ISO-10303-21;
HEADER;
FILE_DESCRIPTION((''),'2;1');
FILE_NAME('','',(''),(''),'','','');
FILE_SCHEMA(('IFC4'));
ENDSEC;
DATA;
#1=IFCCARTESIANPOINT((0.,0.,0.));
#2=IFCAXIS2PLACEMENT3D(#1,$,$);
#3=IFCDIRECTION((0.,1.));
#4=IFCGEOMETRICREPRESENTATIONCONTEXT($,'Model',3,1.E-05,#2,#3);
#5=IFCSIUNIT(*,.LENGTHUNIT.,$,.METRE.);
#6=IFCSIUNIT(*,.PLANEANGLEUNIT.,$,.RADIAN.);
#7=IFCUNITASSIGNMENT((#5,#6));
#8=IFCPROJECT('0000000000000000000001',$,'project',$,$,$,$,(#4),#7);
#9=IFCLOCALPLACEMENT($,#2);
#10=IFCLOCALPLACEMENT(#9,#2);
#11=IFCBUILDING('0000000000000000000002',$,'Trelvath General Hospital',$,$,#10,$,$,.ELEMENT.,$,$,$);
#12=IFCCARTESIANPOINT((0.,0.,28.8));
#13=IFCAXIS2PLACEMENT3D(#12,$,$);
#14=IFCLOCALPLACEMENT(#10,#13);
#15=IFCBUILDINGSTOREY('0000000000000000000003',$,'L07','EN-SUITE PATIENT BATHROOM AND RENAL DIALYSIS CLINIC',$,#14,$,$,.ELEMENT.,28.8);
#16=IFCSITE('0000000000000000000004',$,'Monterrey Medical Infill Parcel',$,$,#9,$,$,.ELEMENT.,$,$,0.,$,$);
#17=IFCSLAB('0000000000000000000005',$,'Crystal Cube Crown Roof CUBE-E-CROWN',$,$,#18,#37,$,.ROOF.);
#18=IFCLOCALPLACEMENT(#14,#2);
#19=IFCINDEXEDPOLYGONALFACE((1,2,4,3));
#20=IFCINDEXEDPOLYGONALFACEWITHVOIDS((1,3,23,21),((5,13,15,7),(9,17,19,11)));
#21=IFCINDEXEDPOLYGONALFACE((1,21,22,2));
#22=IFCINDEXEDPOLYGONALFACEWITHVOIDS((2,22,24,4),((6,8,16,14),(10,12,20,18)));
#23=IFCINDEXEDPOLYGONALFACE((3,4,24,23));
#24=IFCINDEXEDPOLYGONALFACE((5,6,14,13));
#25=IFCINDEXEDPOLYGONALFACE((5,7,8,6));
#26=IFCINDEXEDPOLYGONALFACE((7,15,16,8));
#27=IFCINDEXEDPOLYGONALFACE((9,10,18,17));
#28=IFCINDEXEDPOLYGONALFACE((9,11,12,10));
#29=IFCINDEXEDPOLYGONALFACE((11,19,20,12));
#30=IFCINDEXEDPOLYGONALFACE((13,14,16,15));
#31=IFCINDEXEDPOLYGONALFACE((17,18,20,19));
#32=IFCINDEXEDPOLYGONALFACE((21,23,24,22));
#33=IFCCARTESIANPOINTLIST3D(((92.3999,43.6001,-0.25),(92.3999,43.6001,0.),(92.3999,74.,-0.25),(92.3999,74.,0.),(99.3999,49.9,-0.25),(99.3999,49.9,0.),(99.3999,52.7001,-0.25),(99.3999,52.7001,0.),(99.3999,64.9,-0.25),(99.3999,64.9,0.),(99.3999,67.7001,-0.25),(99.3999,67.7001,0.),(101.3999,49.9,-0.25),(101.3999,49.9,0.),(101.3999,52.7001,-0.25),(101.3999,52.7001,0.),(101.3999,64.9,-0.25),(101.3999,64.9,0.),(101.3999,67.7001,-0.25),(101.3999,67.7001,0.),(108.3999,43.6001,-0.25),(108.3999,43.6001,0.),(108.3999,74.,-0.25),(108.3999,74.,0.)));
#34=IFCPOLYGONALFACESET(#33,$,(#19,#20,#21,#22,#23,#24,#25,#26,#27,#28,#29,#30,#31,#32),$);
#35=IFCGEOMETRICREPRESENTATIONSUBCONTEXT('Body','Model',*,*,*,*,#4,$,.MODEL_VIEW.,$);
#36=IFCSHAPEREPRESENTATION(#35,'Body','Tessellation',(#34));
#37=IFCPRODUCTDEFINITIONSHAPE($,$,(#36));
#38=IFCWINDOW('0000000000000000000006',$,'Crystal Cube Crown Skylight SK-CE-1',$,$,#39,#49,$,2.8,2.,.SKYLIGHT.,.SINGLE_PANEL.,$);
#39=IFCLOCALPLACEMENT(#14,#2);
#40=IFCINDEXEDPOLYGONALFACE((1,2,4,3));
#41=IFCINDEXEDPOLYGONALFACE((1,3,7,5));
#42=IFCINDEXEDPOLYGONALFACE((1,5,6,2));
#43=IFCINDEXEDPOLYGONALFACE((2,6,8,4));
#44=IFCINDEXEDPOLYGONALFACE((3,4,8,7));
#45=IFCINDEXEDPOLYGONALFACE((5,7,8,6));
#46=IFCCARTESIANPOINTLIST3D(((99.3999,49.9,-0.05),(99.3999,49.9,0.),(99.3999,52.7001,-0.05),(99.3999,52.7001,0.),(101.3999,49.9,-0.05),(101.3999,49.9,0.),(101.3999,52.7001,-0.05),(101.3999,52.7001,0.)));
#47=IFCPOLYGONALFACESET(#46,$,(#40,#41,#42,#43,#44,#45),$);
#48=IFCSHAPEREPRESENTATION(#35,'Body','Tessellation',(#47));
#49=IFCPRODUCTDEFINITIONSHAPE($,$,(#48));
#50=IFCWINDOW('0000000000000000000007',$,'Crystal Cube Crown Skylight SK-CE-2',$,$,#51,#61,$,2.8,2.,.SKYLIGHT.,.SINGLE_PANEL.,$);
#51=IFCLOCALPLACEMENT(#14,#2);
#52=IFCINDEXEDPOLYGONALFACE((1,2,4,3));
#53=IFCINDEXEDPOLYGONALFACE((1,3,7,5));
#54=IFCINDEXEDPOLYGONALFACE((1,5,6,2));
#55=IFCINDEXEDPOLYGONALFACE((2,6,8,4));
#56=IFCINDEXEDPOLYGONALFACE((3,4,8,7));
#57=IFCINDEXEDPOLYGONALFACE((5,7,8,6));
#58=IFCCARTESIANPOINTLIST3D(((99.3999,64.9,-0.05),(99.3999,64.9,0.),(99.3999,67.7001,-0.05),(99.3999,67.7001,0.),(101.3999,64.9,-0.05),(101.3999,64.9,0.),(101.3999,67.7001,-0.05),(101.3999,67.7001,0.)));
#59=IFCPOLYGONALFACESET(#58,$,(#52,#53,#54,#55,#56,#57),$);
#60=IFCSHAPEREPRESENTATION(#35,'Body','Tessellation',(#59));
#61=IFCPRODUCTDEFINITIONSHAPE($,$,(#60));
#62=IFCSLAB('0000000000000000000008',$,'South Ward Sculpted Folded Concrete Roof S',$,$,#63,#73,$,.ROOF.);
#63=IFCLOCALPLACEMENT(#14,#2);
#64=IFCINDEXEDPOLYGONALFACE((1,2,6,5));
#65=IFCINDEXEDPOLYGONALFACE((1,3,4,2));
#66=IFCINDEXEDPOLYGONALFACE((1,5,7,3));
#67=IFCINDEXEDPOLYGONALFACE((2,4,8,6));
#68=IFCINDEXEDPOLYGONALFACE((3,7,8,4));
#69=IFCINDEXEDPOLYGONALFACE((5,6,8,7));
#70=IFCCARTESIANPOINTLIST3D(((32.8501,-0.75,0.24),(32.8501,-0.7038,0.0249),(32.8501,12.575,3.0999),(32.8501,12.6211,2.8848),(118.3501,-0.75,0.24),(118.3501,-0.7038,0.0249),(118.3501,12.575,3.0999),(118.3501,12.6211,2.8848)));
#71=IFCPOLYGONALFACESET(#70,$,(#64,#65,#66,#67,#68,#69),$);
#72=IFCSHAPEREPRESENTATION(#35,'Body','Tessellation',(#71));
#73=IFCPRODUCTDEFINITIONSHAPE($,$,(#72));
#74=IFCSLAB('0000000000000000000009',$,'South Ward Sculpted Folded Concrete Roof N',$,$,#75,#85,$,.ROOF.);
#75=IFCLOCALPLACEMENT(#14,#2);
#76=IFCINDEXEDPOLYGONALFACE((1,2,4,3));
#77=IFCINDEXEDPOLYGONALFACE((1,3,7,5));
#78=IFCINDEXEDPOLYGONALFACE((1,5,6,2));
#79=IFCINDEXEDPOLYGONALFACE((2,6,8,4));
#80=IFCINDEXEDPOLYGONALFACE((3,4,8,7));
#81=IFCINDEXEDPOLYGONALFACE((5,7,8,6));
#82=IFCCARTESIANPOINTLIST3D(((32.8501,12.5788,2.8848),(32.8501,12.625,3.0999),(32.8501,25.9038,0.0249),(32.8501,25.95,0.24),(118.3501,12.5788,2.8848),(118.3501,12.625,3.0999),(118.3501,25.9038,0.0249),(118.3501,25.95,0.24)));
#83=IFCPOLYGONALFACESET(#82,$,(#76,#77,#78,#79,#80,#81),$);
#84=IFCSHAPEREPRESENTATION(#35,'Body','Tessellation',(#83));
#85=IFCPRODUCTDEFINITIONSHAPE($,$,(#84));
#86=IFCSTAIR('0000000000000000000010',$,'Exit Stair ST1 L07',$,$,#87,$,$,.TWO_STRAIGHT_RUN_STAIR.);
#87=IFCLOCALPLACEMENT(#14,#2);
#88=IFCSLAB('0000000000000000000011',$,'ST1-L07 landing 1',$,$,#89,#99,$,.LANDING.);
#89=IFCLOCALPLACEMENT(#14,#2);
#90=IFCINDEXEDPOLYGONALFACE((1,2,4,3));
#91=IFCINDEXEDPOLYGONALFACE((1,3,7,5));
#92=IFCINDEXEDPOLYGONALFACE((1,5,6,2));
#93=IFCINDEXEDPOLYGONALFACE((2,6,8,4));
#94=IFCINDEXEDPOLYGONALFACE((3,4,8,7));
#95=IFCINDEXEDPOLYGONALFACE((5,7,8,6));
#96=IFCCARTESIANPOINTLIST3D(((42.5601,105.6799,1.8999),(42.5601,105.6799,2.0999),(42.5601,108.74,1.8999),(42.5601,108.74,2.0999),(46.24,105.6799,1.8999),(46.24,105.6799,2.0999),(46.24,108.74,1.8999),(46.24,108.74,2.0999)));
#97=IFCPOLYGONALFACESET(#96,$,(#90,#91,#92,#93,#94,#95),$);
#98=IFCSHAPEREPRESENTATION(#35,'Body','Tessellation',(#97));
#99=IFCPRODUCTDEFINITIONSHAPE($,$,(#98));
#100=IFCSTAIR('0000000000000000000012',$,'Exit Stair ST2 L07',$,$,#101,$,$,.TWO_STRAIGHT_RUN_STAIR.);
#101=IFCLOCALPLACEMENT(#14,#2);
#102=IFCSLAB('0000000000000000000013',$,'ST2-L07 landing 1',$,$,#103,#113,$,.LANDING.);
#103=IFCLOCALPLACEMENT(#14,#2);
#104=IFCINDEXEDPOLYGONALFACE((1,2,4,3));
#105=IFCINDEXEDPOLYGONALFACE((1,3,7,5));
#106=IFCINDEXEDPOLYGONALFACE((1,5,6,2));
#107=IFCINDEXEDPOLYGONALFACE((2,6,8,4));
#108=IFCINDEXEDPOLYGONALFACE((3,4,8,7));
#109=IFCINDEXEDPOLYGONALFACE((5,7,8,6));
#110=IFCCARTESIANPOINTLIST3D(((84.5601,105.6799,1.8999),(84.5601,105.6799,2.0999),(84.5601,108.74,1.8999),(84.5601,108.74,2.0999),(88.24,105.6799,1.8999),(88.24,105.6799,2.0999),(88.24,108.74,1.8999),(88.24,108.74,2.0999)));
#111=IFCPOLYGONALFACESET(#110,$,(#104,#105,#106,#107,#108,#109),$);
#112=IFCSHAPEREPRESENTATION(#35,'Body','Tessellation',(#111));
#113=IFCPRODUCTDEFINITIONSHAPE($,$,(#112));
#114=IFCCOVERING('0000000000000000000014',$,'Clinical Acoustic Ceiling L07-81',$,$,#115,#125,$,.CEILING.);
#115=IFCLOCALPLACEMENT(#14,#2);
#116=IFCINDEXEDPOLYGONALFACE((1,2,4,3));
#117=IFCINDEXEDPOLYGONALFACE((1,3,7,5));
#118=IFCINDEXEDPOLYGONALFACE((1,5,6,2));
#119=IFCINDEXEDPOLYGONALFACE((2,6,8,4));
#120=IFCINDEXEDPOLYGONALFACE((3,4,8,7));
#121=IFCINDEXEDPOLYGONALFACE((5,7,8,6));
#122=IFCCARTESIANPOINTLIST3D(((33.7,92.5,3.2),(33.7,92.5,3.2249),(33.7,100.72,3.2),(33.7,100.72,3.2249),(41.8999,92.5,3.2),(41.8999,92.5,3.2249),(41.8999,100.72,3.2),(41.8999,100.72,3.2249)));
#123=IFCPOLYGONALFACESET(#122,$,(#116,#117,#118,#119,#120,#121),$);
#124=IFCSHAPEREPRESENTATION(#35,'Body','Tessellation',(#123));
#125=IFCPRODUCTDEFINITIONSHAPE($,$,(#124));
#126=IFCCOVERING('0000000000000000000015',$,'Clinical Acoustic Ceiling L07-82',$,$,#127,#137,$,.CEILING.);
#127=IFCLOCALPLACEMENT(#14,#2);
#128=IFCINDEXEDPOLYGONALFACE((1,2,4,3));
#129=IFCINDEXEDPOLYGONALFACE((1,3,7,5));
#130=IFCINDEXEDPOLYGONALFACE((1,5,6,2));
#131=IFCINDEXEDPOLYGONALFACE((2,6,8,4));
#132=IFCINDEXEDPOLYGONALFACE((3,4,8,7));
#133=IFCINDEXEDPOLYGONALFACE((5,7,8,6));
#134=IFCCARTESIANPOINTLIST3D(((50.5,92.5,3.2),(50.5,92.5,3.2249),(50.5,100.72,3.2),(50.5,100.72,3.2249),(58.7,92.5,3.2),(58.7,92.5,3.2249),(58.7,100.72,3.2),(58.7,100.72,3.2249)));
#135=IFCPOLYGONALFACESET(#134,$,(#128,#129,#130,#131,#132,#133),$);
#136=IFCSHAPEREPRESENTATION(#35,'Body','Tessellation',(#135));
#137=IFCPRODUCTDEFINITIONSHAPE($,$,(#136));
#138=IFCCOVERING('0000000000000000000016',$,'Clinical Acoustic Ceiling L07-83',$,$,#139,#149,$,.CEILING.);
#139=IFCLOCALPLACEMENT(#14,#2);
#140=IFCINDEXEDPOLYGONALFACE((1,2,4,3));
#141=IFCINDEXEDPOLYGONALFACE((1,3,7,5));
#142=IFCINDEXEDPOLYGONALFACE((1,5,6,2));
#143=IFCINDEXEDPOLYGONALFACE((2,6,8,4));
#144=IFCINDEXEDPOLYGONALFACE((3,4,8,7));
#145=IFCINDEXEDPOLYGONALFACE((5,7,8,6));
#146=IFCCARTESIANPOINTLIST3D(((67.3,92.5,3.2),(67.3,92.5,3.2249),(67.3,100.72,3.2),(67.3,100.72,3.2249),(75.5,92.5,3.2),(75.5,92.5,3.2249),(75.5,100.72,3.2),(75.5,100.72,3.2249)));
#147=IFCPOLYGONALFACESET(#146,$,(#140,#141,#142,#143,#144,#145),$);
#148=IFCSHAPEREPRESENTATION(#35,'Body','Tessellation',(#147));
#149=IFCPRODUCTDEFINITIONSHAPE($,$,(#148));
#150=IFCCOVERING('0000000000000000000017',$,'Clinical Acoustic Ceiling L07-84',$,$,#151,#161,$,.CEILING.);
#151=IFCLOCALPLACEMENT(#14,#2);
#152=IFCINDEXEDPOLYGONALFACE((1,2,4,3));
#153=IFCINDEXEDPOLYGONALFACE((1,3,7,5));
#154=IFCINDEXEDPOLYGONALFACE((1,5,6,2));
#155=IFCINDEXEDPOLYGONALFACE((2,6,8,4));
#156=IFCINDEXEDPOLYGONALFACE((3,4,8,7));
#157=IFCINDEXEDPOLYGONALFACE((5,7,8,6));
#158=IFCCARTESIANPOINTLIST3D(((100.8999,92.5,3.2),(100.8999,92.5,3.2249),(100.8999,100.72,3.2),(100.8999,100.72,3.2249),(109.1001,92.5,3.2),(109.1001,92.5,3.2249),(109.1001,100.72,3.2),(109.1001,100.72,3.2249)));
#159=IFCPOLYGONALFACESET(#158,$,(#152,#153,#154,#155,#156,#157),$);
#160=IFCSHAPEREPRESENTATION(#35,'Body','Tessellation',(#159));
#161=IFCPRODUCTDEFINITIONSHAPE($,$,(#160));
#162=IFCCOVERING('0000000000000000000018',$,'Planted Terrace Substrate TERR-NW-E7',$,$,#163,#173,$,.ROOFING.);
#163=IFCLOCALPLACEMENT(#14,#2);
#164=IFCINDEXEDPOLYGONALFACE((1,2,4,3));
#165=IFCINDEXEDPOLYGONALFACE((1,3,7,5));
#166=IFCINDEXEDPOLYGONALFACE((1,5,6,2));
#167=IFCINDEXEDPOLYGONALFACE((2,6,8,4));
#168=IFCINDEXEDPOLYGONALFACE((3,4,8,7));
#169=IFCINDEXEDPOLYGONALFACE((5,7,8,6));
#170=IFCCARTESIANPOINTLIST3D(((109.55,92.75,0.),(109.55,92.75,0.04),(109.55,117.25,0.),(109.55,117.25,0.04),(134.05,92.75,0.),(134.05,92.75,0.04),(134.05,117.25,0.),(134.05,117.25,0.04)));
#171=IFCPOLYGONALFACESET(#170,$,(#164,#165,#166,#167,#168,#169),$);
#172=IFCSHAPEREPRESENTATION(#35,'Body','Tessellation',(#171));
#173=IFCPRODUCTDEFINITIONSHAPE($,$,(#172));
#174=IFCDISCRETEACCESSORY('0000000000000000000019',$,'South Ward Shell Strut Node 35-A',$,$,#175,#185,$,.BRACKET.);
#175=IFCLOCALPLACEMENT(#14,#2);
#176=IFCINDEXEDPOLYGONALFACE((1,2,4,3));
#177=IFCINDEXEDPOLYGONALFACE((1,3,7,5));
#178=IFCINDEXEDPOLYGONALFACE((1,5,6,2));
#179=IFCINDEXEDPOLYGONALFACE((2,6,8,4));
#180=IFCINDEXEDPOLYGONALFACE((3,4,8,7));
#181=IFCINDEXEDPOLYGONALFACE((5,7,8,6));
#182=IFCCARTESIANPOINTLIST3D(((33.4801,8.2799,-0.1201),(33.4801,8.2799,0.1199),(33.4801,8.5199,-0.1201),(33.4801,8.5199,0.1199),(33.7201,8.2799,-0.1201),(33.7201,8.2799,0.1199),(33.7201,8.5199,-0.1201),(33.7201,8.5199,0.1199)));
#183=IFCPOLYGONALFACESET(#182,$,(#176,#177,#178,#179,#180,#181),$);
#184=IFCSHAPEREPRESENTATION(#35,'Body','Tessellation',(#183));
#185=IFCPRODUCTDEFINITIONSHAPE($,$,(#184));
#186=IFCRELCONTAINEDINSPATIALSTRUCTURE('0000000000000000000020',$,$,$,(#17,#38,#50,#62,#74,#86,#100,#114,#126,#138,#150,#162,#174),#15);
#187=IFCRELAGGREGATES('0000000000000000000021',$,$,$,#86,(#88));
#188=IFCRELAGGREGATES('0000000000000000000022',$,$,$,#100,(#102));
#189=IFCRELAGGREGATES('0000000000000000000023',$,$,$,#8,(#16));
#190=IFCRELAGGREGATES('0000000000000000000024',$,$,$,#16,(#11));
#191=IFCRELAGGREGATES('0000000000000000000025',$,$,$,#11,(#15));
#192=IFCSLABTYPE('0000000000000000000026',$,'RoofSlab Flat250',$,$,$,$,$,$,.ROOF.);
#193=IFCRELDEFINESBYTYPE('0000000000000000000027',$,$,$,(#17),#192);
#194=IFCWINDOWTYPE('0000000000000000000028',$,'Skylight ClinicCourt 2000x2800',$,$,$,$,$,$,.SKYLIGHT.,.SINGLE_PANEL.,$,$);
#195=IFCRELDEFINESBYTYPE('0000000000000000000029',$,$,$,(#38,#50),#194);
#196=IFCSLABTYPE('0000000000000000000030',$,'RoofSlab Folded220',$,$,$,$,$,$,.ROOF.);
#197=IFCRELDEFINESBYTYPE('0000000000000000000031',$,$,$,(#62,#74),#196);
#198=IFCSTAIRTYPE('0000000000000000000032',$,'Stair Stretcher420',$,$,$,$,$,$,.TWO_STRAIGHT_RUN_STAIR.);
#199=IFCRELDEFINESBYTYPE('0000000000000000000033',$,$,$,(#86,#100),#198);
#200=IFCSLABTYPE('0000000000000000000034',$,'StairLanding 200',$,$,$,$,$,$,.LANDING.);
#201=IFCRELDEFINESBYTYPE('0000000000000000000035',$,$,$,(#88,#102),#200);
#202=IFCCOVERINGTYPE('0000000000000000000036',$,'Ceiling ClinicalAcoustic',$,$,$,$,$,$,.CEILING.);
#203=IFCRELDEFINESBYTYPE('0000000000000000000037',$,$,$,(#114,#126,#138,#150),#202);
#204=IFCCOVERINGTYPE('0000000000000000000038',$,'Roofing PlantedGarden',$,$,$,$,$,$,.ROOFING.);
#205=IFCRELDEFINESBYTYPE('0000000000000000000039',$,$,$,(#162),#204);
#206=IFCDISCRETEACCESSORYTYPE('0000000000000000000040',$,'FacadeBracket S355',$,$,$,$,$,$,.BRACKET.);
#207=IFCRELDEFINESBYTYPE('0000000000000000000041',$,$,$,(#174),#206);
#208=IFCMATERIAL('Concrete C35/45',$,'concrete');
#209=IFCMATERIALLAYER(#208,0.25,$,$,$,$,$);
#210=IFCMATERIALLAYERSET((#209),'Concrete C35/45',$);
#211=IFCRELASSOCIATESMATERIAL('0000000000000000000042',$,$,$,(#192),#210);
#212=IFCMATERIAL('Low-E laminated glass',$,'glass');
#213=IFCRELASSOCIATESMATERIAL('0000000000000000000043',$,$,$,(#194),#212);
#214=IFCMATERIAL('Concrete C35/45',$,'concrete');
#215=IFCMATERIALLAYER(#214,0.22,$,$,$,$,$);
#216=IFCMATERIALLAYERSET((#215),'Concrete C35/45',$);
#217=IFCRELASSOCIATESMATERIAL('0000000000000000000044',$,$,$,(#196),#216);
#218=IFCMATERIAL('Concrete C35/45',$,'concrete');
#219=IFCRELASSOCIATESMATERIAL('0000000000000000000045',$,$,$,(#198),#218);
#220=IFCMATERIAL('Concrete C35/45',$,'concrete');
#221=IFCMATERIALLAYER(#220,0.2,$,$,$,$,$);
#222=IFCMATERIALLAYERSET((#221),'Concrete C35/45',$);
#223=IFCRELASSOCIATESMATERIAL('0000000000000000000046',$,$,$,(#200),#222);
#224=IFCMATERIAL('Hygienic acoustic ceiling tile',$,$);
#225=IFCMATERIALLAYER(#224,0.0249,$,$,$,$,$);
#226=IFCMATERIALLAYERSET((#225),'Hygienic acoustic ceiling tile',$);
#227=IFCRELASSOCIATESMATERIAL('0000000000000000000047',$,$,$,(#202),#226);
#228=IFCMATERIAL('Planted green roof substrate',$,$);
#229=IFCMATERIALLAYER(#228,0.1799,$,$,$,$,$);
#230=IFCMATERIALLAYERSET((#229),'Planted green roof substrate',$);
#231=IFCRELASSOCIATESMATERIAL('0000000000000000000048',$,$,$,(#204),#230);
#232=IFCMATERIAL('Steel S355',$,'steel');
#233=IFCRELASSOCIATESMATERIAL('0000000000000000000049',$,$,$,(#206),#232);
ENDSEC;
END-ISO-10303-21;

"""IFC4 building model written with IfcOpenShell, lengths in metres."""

from ifc_helpers import new_model, si_unit, direction, frame, origin, origin_2d, place, context, subcontext, project, spatial, polyline, rectangle, outline, extrude, material, layer, layer_set, type_object, element, fill, aggregate, save


model = new_model("IFC4")

# Units and contexts
model_context = context("Model", 3, precision=1e-05, world=origin(), true_north=direction((0.0, 1.0)))
body_context = subcontext(model_context, "Body", "Model", "MODEL_VIEW")
ifc_project = project(units=[si_unit("LENGTHUNIT", "METRE"), si_unit("PLANEANGLEUNIT", "RADIAN")], contexts=[model_context])

# Site, building, storey
site_placement = place(None, origin())
site = spatial("IfcSite", under=ifc_project, at=site_placement, Name="Monterrey Medical Infill Parcel", CompositionType="ELEMENT", RefElevation=0.0)
building_placement = place(site_placement, origin())
building = spatial("IfcBuilding", under=site, at=building_placement, Name="Trelvath General Hospital", CompositionType="ELEMENT")
storey_placement = place(building_placement, frame((0.0, 0.0, 28.8)))
storey = spatial("IfcBuildingStorey", under=building, at=storey_placement, Name="L07", Description="EN-SUITE PATIENT BATHROOM AND RENAL DIALYSIS CLINIC", CompositionType="ELEMENT", Elevation=28.8)

# Slab, openings, windows
ifc_material_1 = material(Name="Concrete C35/45", Category="concrete")
ifc_layer_1 = layer(ifc_material_1, 0.25)
ifc_layer_set_1 = layer_set([ifc_layer_1], Name="Concrete C35/45")
slab_type_1 = type_object("IfcSlabType", Name="RoofSlab Flat250", PredefinedType="ROOF", material=ifc_layer_set_1)
ifc_material_2 = material(Name="Low-E laminated glass", Category="glass")
window_type = type_object("IfcWindowType", Name="Skylight ClinicCourt 2000x2800", PartitioningType="SINGLE_PANEL", PredefinedType="SKYLIGHT", material=ifc_material_2)
slab_1_placement = place(storey_placement, frame((0.0, 0.0, -0.25)))
slab_1 = element("IfcSlab", 1, at=slab_1_placement, inside=storey, type_object=slab_type_1, Name="Crystal Cube Crown Roof CUBE-E-CROWN", PredefinedType="ROOF", context=body_context, shape_type="SweptSolid", body=[
    extrude(outline(polyline([(92.3999, 43.6001), (108.3999, 43.6001), (108.3999, 74.0), (92.3999, 74.0), (92.3999, 43.6001)])), origin(), (0.0, 0.0, 1.0), 0.25),
])
opening_1_placement = place(slab_1_placement, frame((100.3999, 51.3, 0.0)))
opening_1 = element("IfcOpeningElement", 2, at=opening_1_placement, cuts=slab_1, PredefinedType="OPENING", context=body_context, shape_type="SweptSolid", body=[
    extrude(rectangle(XDim=2.0, YDim=2.8, at=origin_2d()), origin(), (0.0, 0.0, 1.0), 0.25),
])
opening_2_placement = place(slab_1_placement, frame((100.3999, 66.3, 0.0)))
opening_2 = element("IfcOpeningElement", 3, at=opening_2_placement, cuts=slab_1, PredefinedType="OPENING", context=body_context, shape_type="SweptSolid", body=[
    extrude(rectangle(XDim=2.0, YDim=2.8, at=origin_2d()), origin(), (0.0, 0.0, 1.0), 0.25),
])
window_1_placement = place(opening_1_placement, frame((0.0, 0.0, 0.2)))
window_1 = element("IfcWindow", 4, at=window_1_placement, inside=storey, type_object=window_type, Name="Crystal Cube Crown Skylight SK-CE-1", OverallHeight=2.8, OverallWidth=2.0, PartitioningType="SINGLE_PANEL", PredefinedType="SKYLIGHT", context=body_context, shape_type="SweptSolid", body=[
    extrude(rectangle(XDim=2.0, YDim=2.8, at=origin_2d()), origin(), (0.0, 0.0, 1.0), 0.05),
])
fill(opening_1, window_1)
window_2_placement = place(opening_2_placement, frame((0.0, 0.0, 0.2)))
window_2 = element("IfcWindow", 5, at=window_2_placement, inside=storey, type_object=window_type, Name="Crystal Cube Crown Skylight SK-CE-2", OverallHeight=2.8, OverallWidth=2.0, PartitioningType="SINGLE_PANEL", PredefinedType="SKYLIGHT", context=body_context, shape_type="SweptSolid", body=[
    extrude(rectangle(XDim=2.0, YDim=2.8, at=origin_2d()), origin(), (0.0, 0.0, 1.0), 0.05),
])
fill(opening_2, window_2)

# Slabs
ifc_material_3 = material(Name="Concrete C35/45", Category="concrete")
ifc_layer_2 = layer(ifc_material_3, 0.22)
ifc_layer_set_2 = layer_set([ifc_layer_2], Name="Concrete C35/45")
slab_type_2 = type_object("IfcSlabType", Name="RoofSlab Folded220", PredefinedType="ROOF", material=ifc_layer_set_2)
for number, where, z_axis, x_axis, name in (
    (6, (32.8501, -0.75, 0.24), (0.0, -0.209846, 0.977734), (1.0, 0.0, 0.0), "South Ward Sculpted Folded Concrete Roof S"),
    (7, (32.8501, 12.625, 3.0999), (0.0, 0.209846, 0.977734), (1.0, 0.0, 0.0), "South Ward Sculpted Folded Concrete Roof N"),
):
    element("IfcSlab", number, at=place(storey_placement, frame(where, z_axis=z_axis, x_axis=x_axis)), inside=storey, type_object=slab_type_2, Name=name, PredefinedType="ROOF", context=body_context, shape_type="SweptSolid", body=[
        extrude(outline(polyline([(0.0, 0.0), (85.5, 0.0), (85.5, 13.6284), (0.0, 13.6284), (0.0, 0.0)])), origin(), (0.0, 0.0, -1.0), 0.22),
    ])

# Stairs, slabs
ifc_material_4 = material(Name="Concrete C35/45", Category="concrete")
stair_type = type_object("IfcStairType", Name="Stair Stretcher420", PredefinedType="TWO_STRAIGHT_RUN_STAIR", material=ifc_material_4)
stair_1_placement = place(storey_placement, origin())
stair_1 = element("IfcStair", 8, at=stair_1_placement, inside=storey, type_object=stair_type, Name="Exit Stair ST1 L07", PredefinedType="TWO_STRAIGHT_RUN_STAIR")
ifc_material_5 = material(Name="Concrete C35/45", Category="concrete")
ifc_layer_3 = layer(ifc_material_5, 0.2)
ifc_layer_set_3 = layer_set([ifc_layer_3], Name="Concrete C35/45")
slab_type_3 = type_object("IfcSlabType", Name="StairLanding 200", PredefinedType="LANDING", material=ifc_layer_set_3)
slab_2_placement = place(storey_placement, frame((0.0, 0.0, 1.8999)))
slab_2 = element("IfcSlab", 9, at=slab_2_placement, type_object=slab_type_3, Name="ST1-L07 landing 1", PredefinedType="LANDING", context=body_context, shape_type="SweptSolid", body=[
    extrude(outline(polyline([(42.5601, 105.6799), (46.24, 105.6799), (46.24, 108.74), (42.5601, 108.74), (42.5601, 105.6799)])), origin(), (0.0, 0.0, 1.0), 0.2),
])
aggregate(stair_1, [slab_2])
stair_2_placement = place(storey_placement, origin())
stair_2 = element("IfcStair", 10, at=stair_2_placement, inside=storey, type_object=stair_type, Name="Exit Stair ST2 L07", PredefinedType="TWO_STRAIGHT_RUN_STAIR")
slab_3_placement = place(storey_placement, frame((0.0, 0.0, 1.8999)))
slab_3 = element("IfcSlab", 11, at=slab_3_placement, type_object=slab_type_3, Name="ST2-L07 landing 1", PredefinedType="LANDING", context=body_context, shape_type="SweptSolid", body=[
    extrude(outline(polyline([(84.5601, 105.6799), (88.24, 105.6799), (88.24, 108.74), (84.5601, 108.74), (84.5601, 105.6799)])), origin(), (0.0, 0.0, 1.0), 0.2),
])
aggregate(stair_2, [slab_3])

# Coverings
ifc_material_6 = material(Name="Hygienic acoustic ceiling tile")
ifc_layer_4 = layer(ifc_material_6, 0.0249)
ifc_layer_set_4 = layer_set([ifc_layer_4], Name="Hygienic acoustic ceiling tile")
covering_type_1 = type_object("IfcCoveringType", Name="Ceiling ClinicalAcoustic", PredefinedType="CEILING", material=ifc_layer_set_4)
covering_1_placement = place(storey_placement, frame((0.0, 0.0, 3.2)))
element("IfcCovering", 12, at=covering_1_placement, inside=storey, type_object=covering_type_1, Name="Clinical Acoustic Ceiling L07-81", PredefinedType="CEILING", context=body_context, shape_type="SweptSolid", body=[
    extrude(outline(polyline([(33.7, 92.5), (41.8999, 92.5), (41.8999, 100.72), (33.7, 100.72), (33.7, 92.5)])), origin(), (0.0, 0.0, 1.0), 0.0249),
])
covering_2_placement = place(storey_placement, frame((0.0, 0.0, 3.2)))
element("IfcCovering", 13, at=covering_2_placement, inside=storey, type_object=covering_type_1, Name="Clinical Acoustic Ceiling L07-82", PredefinedType="CEILING", context=body_context, shape_type="SweptSolid", body=[
    extrude(outline(polyline([(50.5, 92.5), (58.7, 92.5), (58.7, 100.72), (50.5, 100.72), (50.5, 92.5)])), origin(), (0.0, 0.0, 1.0), 0.0249),
])
covering_3_placement = place(storey_placement, frame((0.0, 0.0, 3.2)))
element("IfcCovering", 14, at=covering_3_placement, inside=storey, type_object=covering_type_1, Name="Clinical Acoustic Ceiling L07-83", PredefinedType="CEILING", context=body_context, shape_type="SweptSolid", body=[
    extrude(outline(polyline([(67.3, 92.5), (75.5, 92.5), (75.5, 100.72), (67.3, 100.72), (67.3, 92.5)])), origin(), (0.0, 0.0, 1.0), 0.0249),
])
covering_4_placement = place(storey_placement, frame((0.0, 0.0, 3.2)))
element("IfcCovering", 15, at=covering_4_placement, inside=storey, type_object=covering_type_1, Name="Clinical Acoustic Ceiling L07-84", PredefinedType="CEILING", context=body_context, shape_type="SweptSolid", body=[
    extrude(outline(polyline([(100.8999, 92.5), (109.1001, 92.5), (109.1001, 100.72), (100.8999, 100.72), (100.8999, 92.5)])), origin(), (0.0, 0.0, 1.0), 0.0249),
])
ifc_material_7 = material(Name="Planted green roof substrate")
ifc_layer_5 = layer(ifc_material_7, 0.1799)
ifc_layer_set_5 = layer_set([ifc_layer_5], Name="Planted green roof substrate")
covering_type_2 = type_object("IfcCoveringType", Name="Roofing PlantedGarden", PredefinedType="ROOFING", material=ifc_layer_set_5)
covering_5_placement = place(storey_placement, origin())
element("IfcCovering", 16, at=covering_5_placement, inside=storey, type_object=covering_type_2, Name="Planted Terrace Substrate TERR-NW-E7", PredefinedType="ROOFING", context=body_context, shape_type="SweptSolid", body=[
    extrude(outline(polyline([(109.55, 92.75), (134.05, 92.75), (134.05, 117.25), (109.55, 117.25), (109.55, 92.75)])), origin(), (0.0, 0.0, 1.0), 0.04),
])

# Discrete accessory
ifc_material_8 = material(Name="Steel S355", Category="steel")
discrete_accessory_type = type_object("IfcDiscreteAccessoryType", Name="FacadeBracket S355", PredefinedType="BRACKET", material=ifc_material_8)
for number, where, z_axis, x_axis, name in (
    (17, (33.6001, 8.3999, -0.1201), (0.0, 0.0, 1.0), (1.0, 0.0, 0.0), "South Ward Shell Strut Node 35-A"),
):
    element("IfcDiscreteAccessory", number, at=place(storey_placement, frame(where, z_axis=z_axis, x_axis=x_axis)), inside=storey, type_object=discrete_accessory_type, Name=name, PredefinedType="BRACKET", context=body_context, shape_type="SweptSolid", body=[
        extrude(rectangle(XDim=0.24, YDim=0.24, at=origin_2d()), origin(), (0.0, 0.0, 1.0), 0.24),
    ])

save(model, "model.ifc")
